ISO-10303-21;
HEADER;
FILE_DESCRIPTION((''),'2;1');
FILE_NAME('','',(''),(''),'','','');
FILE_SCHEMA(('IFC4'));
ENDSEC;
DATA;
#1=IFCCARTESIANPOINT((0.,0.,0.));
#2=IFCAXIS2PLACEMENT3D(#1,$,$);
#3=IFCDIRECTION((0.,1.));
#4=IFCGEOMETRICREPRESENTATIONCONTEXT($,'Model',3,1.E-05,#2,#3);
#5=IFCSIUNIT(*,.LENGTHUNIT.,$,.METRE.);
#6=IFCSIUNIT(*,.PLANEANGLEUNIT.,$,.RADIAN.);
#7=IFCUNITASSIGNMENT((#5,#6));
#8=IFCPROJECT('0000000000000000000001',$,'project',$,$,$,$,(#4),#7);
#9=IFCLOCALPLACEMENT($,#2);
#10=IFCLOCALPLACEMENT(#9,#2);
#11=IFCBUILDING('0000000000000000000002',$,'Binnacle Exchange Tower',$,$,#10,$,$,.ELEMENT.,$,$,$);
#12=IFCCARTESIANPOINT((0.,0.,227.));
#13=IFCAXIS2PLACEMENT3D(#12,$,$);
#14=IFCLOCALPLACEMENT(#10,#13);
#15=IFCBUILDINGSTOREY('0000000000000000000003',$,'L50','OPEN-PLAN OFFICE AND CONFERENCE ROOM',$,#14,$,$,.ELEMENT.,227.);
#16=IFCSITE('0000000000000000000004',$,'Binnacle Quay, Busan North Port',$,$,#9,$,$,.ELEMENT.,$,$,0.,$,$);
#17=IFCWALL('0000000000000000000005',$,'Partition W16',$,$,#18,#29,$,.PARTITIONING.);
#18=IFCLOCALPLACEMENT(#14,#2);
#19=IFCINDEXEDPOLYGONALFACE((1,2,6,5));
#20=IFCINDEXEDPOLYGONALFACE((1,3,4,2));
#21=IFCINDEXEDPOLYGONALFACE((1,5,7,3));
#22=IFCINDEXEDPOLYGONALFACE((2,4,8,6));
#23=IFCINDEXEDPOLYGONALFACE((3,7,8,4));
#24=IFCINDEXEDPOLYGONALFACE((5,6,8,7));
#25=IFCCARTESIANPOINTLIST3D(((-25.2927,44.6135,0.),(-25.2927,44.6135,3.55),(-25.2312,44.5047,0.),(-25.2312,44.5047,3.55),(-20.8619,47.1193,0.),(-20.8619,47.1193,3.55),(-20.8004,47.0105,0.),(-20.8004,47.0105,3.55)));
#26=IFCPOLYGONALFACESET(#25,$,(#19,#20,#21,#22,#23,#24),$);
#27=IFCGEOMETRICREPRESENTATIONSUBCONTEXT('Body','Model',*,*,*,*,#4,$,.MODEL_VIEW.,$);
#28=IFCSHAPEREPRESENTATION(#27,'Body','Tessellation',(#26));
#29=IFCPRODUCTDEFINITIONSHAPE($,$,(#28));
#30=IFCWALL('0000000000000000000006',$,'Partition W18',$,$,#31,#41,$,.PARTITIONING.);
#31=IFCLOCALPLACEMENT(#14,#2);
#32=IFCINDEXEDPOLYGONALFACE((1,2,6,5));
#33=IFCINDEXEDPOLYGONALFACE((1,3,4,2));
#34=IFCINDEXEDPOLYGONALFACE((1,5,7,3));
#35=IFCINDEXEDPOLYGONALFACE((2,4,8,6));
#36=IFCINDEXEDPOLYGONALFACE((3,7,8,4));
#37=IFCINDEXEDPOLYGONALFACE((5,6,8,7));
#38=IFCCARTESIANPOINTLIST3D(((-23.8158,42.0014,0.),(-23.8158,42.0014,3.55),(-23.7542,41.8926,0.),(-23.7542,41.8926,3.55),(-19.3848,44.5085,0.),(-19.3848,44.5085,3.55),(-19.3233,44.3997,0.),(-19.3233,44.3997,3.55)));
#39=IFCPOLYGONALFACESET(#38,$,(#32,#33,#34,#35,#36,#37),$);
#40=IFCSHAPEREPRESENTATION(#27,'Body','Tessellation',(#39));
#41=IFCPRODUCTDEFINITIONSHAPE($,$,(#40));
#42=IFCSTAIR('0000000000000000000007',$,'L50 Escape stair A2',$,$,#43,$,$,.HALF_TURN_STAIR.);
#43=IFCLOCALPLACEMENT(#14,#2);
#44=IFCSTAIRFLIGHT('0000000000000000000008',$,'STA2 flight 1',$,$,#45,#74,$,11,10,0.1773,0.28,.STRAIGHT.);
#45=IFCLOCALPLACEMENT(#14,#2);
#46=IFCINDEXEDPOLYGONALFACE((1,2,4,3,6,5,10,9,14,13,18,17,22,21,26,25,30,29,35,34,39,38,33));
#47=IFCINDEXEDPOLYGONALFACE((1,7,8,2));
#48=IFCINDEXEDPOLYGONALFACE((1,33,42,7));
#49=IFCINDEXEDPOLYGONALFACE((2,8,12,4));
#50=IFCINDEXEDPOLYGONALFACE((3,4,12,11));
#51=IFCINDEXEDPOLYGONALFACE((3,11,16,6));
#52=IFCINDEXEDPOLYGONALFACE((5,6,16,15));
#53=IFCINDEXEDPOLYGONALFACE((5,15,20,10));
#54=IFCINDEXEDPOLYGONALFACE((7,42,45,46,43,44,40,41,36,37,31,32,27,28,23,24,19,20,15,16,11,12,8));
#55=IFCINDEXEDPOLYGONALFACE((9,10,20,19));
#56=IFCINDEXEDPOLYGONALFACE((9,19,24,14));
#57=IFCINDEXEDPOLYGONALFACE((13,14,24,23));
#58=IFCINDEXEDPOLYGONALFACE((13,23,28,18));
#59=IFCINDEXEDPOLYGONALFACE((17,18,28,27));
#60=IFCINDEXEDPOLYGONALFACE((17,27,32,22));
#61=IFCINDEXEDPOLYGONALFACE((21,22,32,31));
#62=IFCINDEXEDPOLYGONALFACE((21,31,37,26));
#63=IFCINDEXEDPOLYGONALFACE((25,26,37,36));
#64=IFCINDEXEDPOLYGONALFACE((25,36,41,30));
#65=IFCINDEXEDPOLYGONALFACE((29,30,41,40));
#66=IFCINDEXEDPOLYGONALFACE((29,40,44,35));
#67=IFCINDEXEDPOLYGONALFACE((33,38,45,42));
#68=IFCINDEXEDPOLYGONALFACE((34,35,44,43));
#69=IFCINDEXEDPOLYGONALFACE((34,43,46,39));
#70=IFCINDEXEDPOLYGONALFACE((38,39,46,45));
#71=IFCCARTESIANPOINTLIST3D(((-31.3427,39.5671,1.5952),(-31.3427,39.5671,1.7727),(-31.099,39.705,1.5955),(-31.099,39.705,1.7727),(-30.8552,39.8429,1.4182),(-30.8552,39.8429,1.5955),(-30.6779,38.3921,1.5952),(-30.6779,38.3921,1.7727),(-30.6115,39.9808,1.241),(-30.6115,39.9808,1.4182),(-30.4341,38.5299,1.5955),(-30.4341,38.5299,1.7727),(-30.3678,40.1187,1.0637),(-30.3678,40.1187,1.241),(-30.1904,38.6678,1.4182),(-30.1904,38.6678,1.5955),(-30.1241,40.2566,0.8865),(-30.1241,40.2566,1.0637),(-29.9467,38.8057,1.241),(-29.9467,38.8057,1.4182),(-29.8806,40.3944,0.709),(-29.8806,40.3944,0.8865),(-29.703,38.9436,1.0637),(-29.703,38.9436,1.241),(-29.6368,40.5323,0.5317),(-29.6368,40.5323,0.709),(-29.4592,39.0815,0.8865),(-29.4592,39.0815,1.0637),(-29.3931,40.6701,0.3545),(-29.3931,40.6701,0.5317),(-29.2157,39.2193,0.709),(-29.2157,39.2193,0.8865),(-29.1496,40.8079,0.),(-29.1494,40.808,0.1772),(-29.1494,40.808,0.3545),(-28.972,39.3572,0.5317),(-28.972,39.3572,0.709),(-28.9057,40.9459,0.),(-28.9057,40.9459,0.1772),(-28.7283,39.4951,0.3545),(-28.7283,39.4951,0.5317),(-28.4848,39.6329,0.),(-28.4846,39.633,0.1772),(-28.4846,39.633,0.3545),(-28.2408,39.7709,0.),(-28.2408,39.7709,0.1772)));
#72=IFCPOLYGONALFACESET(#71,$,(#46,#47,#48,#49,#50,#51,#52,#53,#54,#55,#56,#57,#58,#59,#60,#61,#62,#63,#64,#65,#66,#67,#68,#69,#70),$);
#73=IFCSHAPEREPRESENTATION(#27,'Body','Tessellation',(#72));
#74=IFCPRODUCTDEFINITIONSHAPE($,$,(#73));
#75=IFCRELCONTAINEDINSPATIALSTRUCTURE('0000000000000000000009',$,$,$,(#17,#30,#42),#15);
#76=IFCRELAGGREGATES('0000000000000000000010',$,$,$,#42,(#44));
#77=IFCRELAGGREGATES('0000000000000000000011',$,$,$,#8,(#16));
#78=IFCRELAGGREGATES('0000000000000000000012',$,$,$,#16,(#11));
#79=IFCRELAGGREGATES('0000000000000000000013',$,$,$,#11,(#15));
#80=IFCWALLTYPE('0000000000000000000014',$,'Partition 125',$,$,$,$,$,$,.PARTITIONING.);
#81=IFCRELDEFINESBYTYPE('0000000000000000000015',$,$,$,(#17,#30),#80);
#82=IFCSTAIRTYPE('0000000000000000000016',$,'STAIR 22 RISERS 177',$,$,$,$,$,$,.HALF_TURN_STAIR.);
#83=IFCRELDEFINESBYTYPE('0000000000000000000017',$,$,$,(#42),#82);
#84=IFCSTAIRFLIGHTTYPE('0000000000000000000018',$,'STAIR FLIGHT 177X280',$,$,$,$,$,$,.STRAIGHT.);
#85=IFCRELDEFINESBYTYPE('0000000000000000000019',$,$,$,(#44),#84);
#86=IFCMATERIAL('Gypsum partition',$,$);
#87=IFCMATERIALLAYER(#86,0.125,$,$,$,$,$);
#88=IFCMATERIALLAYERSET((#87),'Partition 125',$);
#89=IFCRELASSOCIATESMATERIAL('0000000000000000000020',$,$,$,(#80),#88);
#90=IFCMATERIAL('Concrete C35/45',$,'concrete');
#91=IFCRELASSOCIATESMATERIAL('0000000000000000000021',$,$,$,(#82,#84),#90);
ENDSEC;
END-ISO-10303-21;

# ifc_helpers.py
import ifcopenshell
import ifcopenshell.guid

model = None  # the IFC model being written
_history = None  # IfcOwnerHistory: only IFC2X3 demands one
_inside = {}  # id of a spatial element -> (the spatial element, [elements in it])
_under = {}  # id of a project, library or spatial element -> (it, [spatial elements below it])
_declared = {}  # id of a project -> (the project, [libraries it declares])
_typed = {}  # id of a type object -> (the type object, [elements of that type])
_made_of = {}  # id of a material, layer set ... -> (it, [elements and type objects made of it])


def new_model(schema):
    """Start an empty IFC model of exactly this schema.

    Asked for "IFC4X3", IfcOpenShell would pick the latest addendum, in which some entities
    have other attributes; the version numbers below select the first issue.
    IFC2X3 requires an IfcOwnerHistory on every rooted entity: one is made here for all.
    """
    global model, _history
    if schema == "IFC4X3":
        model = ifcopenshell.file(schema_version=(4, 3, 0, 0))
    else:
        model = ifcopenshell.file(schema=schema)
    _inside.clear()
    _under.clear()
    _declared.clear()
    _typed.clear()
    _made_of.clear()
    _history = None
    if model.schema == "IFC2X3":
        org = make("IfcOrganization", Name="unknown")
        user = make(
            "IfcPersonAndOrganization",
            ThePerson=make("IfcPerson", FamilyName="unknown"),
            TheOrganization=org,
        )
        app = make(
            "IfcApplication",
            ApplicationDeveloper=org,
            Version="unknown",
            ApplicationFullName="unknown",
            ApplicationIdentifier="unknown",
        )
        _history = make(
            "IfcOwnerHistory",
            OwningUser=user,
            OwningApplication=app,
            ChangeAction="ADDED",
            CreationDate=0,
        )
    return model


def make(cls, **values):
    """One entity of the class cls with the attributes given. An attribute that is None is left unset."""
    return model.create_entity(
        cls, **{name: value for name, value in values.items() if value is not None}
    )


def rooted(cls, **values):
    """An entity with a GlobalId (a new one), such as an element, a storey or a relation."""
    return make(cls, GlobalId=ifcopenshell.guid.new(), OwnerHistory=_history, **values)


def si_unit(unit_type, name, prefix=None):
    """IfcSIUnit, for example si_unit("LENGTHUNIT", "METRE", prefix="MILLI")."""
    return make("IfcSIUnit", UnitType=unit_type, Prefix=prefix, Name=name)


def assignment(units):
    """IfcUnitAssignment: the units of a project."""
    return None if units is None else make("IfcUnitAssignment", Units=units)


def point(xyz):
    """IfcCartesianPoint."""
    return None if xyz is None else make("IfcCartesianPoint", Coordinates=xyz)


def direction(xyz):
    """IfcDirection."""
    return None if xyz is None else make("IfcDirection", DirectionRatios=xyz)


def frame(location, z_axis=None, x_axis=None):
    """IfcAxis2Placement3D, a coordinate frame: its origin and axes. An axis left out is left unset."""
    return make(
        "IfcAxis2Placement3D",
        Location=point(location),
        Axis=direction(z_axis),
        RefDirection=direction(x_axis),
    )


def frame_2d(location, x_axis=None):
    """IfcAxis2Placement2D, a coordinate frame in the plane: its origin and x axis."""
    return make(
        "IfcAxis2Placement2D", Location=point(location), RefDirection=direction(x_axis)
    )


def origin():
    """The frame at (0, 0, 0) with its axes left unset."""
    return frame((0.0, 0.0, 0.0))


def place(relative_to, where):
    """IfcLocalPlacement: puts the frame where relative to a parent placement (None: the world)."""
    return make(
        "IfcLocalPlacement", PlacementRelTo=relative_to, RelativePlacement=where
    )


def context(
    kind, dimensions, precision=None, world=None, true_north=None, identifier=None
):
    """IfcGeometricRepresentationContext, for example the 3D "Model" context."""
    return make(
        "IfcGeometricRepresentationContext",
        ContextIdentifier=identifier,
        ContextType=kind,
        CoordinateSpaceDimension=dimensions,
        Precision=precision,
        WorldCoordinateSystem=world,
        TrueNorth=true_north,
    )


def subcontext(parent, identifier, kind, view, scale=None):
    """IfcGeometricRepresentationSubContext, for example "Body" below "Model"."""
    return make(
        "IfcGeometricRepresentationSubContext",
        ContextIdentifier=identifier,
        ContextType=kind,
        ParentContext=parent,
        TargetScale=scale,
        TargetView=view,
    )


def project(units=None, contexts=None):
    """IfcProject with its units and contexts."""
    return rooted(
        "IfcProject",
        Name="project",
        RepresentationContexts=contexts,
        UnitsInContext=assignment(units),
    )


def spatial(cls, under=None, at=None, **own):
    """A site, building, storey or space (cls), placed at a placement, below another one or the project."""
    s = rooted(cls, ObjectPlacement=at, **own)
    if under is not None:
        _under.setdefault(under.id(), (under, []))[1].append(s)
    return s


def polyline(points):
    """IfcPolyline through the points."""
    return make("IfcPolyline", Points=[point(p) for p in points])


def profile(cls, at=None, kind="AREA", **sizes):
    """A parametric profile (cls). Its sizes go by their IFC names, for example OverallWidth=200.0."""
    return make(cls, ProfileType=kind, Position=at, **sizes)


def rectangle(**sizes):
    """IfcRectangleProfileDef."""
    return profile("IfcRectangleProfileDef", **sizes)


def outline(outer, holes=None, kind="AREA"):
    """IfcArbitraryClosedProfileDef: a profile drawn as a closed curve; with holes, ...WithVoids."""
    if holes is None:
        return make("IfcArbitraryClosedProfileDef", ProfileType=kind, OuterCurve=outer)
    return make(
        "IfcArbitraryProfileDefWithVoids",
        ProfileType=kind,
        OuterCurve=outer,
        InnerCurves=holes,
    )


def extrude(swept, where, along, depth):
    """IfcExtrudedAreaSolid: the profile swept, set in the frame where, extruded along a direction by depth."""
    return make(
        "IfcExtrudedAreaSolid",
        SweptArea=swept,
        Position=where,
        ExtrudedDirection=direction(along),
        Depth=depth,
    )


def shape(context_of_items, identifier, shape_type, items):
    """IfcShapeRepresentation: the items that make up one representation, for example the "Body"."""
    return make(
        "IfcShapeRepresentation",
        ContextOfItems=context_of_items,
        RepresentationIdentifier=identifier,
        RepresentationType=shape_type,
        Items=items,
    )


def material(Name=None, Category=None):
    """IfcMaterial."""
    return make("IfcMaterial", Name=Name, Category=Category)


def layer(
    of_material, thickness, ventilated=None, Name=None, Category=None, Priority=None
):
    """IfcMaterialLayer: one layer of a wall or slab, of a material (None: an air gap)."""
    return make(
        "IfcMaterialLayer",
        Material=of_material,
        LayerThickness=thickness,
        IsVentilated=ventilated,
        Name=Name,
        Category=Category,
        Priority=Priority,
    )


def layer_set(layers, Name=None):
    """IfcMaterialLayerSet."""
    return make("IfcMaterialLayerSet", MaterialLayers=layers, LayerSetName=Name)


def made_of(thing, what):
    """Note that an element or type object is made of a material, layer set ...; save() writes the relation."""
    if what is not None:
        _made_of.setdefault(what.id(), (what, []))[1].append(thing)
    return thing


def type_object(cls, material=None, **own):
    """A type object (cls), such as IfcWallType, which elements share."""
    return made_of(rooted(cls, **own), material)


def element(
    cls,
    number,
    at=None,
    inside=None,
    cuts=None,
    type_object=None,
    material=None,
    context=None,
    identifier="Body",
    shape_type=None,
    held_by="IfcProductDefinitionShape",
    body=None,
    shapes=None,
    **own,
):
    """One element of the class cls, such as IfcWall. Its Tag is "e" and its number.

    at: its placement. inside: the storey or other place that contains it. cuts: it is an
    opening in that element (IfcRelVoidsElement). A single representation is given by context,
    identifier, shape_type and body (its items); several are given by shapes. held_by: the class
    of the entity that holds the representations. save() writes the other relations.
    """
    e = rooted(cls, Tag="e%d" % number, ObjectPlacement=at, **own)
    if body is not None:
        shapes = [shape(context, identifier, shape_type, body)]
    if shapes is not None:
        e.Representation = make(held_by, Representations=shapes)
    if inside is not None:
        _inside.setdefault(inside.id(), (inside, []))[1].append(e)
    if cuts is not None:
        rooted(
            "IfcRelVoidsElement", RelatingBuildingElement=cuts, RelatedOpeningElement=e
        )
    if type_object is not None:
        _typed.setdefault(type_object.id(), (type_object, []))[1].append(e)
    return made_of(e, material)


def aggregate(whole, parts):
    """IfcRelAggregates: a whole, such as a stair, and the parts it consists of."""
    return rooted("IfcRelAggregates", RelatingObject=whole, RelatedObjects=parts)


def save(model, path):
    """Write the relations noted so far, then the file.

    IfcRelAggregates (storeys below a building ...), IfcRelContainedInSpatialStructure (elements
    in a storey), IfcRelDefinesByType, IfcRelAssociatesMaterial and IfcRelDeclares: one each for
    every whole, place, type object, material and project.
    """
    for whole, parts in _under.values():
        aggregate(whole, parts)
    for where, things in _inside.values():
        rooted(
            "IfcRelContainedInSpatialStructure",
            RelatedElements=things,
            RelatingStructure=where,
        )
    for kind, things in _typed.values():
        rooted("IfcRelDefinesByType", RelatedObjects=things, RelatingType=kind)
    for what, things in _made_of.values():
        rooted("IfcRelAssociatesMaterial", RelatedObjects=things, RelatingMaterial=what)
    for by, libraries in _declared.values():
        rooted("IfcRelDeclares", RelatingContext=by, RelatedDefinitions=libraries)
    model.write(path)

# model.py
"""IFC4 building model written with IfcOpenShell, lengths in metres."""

from ifc_helpers import new_model, si_unit, direction, frame, frame_2d, origin, place, context, subcontext, project, spatial, polyline, rectangle, outline, extrude, material, layer, layer_set, type_object, element, aggregate, save


model = new_model("IFC4")

# Units and contexts
model_context = context("Model", 3, precision=1e-05, world=origin(), true_north=direction((0.0, 1.0)))
body_context = subcontext(model_context, "Body", "Model", "MODEL_VIEW")
ifc_project = project(units=[si_unit("LENGTHUNIT", "METRE"), si_unit("PLANEANGLEUNIT", "RADIAN")], contexts=[model_context])

# Site, building, storey
site_placement = place(None, origin())
site = spatial("IfcSite", under=ifc_project, at=site_placement, Name="Binnacle Quay, Busan North Port", CompositionType="ELEMENT", RefElevation=0.0)
building_placement = place(site_placement, origin())
building = spatial("IfcBuilding", under=site, at=building_placement, Name="Binnacle Exchange Tower", CompositionType="ELEMENT")
storey_placement = place(building_placement, frame((0.0, 0.0, 227.0)))
storey = spatial("IfcBuildingStorey", under=building, at=storey_placement, Name="L50", Description="OPEN-PLAN OFFICE AND CONFERENCE ROOM", CompositionType="ELEMENT", Elevation=227.0)

# Walls
ifc_material_1 = material(Name="Gypsum partition")
ifc_layer_1 = layer(ifc_material_1, 0.125)
ifc_layer_set_1 = layer_set([ifc_layer_1], Name="Partition 125")
wall_type_1 = type_object("IfcWallType", Name="Partition 125", PredefinedType="PARTITIONING", material=ifc_layer_set_1)
wall_1_placement = place(storey_placement, frame((-25.262, 44.5591, 0.0), z_axis=(0.0, 0.0, 1.0), x_axis=(0.870442, 0.492271, 0.0)))
element("IfcWall", 1, at=wall_1_placement, inside=storey, type_object=wall_type_1, Name="Partition W16", PredefinedType="PARTITIONING", context=body_context, shape_type="SweptSolid", body=[
    extrude(rectangle(XDim=5.0903, YDim=0.125, at=frame_2d((2.5452, 0.0))), origin(), (0.0, 0.0, 1.0), 3.55),
])
wall_2_placement = place(storey_placement, frame((-23.7849, 41.947, 0.0), z_axis=(0.0, 0.0, 1.0), x_axis=(0.870339, 0.492452, 0.0)))
element("IfcWall", 2, at=wall_2_placement, inside=storey, type_object=wall_type_1, Name="Partition W18", PredefinedType="PARTITIONING", context=body_context, shape_type="SweptSolid", body=[
    extrude(rectangle(XDim=5.0911, YDim=0.125, at=frame_2d((2.5454, 0.0))), origin(), (0.0, 0.0, 1.0), 3.55),
])

# Stair, stair flight
ifc_material_2 = material(Name="Concrete C35/45", Category="concrete")
stair_type = type_object("IfcStairType", Name="STAIR 22 RISERS 177", PredefinedType="HALF_TURN_STAIR", material=ifc_material_2)
stair_placement = place(storey_placement, origin())
stair = element("IfcStair", 3, at=stair_placement, inside=storey, type_object=stair_type, Name="L50 Escape stair A2", PredefinedType="HALF_TURN_STAIR")
stair_flight_type = type_object("IfcStairFlightType", Name="STAIR FLIGHT 177X280", PredefinedType="STRAIGHT", material=ifc_material_2)
stair_flight_placement = place(storey_placement, frame((-28.5732, 40.3584, 0.0), z_axis=(0.0, 0.0, 1.0), x_axis=(-0.870356, -0.492424, 0.0)))
stair_flight = element("IfcStairFlight", 4, at=stair_flight_placement, type_object=stair_flight_type, Name="STA2 flight 1", NumberOfRisers=11, NumberOfTreads=10, PredefinedType="STRAIGHT", RiserHeight=0.1773, TreadLength=0.28, context=body_context, shape_type="SweptSolid", body=[
    extrude(outline(polyline([(0.0, 0.0), (0.0, 0.1772), (0.28, 0.1772), (0.28, 0.3545), (0.5601, 0.3545), (0.5601, 0.5317), (0.8401, 0.5317), (0.8401, 0.709), (1.1201, 0.709), (1.1201, 0.8865), (1.3999, 0.8865), (1.3999, 1.0637), (1.6799, 1.0637), (1.6799, 1.241), (1.96, 1.241), (1.96, 1.4182), (2.24, 1.4182), (2.24, 1.5955), (2.52, 1.5955), (2.52, 1.7727), (2.8, 1.7727), (2.8, 1.95), (2.8, 1.5952), (0.2803, 0.0), (0.0, 0.0)])), frame((0.0, 0.675, 0.0), z_axis=(0.0, -1.0, 0.0), x_axis=(1.0, 0.0, 0.0)), (0.0, 0.0, 1.0), 1.3501),
])
aggregate(stair, [stair_flight])

save(model, "model.ifc")
